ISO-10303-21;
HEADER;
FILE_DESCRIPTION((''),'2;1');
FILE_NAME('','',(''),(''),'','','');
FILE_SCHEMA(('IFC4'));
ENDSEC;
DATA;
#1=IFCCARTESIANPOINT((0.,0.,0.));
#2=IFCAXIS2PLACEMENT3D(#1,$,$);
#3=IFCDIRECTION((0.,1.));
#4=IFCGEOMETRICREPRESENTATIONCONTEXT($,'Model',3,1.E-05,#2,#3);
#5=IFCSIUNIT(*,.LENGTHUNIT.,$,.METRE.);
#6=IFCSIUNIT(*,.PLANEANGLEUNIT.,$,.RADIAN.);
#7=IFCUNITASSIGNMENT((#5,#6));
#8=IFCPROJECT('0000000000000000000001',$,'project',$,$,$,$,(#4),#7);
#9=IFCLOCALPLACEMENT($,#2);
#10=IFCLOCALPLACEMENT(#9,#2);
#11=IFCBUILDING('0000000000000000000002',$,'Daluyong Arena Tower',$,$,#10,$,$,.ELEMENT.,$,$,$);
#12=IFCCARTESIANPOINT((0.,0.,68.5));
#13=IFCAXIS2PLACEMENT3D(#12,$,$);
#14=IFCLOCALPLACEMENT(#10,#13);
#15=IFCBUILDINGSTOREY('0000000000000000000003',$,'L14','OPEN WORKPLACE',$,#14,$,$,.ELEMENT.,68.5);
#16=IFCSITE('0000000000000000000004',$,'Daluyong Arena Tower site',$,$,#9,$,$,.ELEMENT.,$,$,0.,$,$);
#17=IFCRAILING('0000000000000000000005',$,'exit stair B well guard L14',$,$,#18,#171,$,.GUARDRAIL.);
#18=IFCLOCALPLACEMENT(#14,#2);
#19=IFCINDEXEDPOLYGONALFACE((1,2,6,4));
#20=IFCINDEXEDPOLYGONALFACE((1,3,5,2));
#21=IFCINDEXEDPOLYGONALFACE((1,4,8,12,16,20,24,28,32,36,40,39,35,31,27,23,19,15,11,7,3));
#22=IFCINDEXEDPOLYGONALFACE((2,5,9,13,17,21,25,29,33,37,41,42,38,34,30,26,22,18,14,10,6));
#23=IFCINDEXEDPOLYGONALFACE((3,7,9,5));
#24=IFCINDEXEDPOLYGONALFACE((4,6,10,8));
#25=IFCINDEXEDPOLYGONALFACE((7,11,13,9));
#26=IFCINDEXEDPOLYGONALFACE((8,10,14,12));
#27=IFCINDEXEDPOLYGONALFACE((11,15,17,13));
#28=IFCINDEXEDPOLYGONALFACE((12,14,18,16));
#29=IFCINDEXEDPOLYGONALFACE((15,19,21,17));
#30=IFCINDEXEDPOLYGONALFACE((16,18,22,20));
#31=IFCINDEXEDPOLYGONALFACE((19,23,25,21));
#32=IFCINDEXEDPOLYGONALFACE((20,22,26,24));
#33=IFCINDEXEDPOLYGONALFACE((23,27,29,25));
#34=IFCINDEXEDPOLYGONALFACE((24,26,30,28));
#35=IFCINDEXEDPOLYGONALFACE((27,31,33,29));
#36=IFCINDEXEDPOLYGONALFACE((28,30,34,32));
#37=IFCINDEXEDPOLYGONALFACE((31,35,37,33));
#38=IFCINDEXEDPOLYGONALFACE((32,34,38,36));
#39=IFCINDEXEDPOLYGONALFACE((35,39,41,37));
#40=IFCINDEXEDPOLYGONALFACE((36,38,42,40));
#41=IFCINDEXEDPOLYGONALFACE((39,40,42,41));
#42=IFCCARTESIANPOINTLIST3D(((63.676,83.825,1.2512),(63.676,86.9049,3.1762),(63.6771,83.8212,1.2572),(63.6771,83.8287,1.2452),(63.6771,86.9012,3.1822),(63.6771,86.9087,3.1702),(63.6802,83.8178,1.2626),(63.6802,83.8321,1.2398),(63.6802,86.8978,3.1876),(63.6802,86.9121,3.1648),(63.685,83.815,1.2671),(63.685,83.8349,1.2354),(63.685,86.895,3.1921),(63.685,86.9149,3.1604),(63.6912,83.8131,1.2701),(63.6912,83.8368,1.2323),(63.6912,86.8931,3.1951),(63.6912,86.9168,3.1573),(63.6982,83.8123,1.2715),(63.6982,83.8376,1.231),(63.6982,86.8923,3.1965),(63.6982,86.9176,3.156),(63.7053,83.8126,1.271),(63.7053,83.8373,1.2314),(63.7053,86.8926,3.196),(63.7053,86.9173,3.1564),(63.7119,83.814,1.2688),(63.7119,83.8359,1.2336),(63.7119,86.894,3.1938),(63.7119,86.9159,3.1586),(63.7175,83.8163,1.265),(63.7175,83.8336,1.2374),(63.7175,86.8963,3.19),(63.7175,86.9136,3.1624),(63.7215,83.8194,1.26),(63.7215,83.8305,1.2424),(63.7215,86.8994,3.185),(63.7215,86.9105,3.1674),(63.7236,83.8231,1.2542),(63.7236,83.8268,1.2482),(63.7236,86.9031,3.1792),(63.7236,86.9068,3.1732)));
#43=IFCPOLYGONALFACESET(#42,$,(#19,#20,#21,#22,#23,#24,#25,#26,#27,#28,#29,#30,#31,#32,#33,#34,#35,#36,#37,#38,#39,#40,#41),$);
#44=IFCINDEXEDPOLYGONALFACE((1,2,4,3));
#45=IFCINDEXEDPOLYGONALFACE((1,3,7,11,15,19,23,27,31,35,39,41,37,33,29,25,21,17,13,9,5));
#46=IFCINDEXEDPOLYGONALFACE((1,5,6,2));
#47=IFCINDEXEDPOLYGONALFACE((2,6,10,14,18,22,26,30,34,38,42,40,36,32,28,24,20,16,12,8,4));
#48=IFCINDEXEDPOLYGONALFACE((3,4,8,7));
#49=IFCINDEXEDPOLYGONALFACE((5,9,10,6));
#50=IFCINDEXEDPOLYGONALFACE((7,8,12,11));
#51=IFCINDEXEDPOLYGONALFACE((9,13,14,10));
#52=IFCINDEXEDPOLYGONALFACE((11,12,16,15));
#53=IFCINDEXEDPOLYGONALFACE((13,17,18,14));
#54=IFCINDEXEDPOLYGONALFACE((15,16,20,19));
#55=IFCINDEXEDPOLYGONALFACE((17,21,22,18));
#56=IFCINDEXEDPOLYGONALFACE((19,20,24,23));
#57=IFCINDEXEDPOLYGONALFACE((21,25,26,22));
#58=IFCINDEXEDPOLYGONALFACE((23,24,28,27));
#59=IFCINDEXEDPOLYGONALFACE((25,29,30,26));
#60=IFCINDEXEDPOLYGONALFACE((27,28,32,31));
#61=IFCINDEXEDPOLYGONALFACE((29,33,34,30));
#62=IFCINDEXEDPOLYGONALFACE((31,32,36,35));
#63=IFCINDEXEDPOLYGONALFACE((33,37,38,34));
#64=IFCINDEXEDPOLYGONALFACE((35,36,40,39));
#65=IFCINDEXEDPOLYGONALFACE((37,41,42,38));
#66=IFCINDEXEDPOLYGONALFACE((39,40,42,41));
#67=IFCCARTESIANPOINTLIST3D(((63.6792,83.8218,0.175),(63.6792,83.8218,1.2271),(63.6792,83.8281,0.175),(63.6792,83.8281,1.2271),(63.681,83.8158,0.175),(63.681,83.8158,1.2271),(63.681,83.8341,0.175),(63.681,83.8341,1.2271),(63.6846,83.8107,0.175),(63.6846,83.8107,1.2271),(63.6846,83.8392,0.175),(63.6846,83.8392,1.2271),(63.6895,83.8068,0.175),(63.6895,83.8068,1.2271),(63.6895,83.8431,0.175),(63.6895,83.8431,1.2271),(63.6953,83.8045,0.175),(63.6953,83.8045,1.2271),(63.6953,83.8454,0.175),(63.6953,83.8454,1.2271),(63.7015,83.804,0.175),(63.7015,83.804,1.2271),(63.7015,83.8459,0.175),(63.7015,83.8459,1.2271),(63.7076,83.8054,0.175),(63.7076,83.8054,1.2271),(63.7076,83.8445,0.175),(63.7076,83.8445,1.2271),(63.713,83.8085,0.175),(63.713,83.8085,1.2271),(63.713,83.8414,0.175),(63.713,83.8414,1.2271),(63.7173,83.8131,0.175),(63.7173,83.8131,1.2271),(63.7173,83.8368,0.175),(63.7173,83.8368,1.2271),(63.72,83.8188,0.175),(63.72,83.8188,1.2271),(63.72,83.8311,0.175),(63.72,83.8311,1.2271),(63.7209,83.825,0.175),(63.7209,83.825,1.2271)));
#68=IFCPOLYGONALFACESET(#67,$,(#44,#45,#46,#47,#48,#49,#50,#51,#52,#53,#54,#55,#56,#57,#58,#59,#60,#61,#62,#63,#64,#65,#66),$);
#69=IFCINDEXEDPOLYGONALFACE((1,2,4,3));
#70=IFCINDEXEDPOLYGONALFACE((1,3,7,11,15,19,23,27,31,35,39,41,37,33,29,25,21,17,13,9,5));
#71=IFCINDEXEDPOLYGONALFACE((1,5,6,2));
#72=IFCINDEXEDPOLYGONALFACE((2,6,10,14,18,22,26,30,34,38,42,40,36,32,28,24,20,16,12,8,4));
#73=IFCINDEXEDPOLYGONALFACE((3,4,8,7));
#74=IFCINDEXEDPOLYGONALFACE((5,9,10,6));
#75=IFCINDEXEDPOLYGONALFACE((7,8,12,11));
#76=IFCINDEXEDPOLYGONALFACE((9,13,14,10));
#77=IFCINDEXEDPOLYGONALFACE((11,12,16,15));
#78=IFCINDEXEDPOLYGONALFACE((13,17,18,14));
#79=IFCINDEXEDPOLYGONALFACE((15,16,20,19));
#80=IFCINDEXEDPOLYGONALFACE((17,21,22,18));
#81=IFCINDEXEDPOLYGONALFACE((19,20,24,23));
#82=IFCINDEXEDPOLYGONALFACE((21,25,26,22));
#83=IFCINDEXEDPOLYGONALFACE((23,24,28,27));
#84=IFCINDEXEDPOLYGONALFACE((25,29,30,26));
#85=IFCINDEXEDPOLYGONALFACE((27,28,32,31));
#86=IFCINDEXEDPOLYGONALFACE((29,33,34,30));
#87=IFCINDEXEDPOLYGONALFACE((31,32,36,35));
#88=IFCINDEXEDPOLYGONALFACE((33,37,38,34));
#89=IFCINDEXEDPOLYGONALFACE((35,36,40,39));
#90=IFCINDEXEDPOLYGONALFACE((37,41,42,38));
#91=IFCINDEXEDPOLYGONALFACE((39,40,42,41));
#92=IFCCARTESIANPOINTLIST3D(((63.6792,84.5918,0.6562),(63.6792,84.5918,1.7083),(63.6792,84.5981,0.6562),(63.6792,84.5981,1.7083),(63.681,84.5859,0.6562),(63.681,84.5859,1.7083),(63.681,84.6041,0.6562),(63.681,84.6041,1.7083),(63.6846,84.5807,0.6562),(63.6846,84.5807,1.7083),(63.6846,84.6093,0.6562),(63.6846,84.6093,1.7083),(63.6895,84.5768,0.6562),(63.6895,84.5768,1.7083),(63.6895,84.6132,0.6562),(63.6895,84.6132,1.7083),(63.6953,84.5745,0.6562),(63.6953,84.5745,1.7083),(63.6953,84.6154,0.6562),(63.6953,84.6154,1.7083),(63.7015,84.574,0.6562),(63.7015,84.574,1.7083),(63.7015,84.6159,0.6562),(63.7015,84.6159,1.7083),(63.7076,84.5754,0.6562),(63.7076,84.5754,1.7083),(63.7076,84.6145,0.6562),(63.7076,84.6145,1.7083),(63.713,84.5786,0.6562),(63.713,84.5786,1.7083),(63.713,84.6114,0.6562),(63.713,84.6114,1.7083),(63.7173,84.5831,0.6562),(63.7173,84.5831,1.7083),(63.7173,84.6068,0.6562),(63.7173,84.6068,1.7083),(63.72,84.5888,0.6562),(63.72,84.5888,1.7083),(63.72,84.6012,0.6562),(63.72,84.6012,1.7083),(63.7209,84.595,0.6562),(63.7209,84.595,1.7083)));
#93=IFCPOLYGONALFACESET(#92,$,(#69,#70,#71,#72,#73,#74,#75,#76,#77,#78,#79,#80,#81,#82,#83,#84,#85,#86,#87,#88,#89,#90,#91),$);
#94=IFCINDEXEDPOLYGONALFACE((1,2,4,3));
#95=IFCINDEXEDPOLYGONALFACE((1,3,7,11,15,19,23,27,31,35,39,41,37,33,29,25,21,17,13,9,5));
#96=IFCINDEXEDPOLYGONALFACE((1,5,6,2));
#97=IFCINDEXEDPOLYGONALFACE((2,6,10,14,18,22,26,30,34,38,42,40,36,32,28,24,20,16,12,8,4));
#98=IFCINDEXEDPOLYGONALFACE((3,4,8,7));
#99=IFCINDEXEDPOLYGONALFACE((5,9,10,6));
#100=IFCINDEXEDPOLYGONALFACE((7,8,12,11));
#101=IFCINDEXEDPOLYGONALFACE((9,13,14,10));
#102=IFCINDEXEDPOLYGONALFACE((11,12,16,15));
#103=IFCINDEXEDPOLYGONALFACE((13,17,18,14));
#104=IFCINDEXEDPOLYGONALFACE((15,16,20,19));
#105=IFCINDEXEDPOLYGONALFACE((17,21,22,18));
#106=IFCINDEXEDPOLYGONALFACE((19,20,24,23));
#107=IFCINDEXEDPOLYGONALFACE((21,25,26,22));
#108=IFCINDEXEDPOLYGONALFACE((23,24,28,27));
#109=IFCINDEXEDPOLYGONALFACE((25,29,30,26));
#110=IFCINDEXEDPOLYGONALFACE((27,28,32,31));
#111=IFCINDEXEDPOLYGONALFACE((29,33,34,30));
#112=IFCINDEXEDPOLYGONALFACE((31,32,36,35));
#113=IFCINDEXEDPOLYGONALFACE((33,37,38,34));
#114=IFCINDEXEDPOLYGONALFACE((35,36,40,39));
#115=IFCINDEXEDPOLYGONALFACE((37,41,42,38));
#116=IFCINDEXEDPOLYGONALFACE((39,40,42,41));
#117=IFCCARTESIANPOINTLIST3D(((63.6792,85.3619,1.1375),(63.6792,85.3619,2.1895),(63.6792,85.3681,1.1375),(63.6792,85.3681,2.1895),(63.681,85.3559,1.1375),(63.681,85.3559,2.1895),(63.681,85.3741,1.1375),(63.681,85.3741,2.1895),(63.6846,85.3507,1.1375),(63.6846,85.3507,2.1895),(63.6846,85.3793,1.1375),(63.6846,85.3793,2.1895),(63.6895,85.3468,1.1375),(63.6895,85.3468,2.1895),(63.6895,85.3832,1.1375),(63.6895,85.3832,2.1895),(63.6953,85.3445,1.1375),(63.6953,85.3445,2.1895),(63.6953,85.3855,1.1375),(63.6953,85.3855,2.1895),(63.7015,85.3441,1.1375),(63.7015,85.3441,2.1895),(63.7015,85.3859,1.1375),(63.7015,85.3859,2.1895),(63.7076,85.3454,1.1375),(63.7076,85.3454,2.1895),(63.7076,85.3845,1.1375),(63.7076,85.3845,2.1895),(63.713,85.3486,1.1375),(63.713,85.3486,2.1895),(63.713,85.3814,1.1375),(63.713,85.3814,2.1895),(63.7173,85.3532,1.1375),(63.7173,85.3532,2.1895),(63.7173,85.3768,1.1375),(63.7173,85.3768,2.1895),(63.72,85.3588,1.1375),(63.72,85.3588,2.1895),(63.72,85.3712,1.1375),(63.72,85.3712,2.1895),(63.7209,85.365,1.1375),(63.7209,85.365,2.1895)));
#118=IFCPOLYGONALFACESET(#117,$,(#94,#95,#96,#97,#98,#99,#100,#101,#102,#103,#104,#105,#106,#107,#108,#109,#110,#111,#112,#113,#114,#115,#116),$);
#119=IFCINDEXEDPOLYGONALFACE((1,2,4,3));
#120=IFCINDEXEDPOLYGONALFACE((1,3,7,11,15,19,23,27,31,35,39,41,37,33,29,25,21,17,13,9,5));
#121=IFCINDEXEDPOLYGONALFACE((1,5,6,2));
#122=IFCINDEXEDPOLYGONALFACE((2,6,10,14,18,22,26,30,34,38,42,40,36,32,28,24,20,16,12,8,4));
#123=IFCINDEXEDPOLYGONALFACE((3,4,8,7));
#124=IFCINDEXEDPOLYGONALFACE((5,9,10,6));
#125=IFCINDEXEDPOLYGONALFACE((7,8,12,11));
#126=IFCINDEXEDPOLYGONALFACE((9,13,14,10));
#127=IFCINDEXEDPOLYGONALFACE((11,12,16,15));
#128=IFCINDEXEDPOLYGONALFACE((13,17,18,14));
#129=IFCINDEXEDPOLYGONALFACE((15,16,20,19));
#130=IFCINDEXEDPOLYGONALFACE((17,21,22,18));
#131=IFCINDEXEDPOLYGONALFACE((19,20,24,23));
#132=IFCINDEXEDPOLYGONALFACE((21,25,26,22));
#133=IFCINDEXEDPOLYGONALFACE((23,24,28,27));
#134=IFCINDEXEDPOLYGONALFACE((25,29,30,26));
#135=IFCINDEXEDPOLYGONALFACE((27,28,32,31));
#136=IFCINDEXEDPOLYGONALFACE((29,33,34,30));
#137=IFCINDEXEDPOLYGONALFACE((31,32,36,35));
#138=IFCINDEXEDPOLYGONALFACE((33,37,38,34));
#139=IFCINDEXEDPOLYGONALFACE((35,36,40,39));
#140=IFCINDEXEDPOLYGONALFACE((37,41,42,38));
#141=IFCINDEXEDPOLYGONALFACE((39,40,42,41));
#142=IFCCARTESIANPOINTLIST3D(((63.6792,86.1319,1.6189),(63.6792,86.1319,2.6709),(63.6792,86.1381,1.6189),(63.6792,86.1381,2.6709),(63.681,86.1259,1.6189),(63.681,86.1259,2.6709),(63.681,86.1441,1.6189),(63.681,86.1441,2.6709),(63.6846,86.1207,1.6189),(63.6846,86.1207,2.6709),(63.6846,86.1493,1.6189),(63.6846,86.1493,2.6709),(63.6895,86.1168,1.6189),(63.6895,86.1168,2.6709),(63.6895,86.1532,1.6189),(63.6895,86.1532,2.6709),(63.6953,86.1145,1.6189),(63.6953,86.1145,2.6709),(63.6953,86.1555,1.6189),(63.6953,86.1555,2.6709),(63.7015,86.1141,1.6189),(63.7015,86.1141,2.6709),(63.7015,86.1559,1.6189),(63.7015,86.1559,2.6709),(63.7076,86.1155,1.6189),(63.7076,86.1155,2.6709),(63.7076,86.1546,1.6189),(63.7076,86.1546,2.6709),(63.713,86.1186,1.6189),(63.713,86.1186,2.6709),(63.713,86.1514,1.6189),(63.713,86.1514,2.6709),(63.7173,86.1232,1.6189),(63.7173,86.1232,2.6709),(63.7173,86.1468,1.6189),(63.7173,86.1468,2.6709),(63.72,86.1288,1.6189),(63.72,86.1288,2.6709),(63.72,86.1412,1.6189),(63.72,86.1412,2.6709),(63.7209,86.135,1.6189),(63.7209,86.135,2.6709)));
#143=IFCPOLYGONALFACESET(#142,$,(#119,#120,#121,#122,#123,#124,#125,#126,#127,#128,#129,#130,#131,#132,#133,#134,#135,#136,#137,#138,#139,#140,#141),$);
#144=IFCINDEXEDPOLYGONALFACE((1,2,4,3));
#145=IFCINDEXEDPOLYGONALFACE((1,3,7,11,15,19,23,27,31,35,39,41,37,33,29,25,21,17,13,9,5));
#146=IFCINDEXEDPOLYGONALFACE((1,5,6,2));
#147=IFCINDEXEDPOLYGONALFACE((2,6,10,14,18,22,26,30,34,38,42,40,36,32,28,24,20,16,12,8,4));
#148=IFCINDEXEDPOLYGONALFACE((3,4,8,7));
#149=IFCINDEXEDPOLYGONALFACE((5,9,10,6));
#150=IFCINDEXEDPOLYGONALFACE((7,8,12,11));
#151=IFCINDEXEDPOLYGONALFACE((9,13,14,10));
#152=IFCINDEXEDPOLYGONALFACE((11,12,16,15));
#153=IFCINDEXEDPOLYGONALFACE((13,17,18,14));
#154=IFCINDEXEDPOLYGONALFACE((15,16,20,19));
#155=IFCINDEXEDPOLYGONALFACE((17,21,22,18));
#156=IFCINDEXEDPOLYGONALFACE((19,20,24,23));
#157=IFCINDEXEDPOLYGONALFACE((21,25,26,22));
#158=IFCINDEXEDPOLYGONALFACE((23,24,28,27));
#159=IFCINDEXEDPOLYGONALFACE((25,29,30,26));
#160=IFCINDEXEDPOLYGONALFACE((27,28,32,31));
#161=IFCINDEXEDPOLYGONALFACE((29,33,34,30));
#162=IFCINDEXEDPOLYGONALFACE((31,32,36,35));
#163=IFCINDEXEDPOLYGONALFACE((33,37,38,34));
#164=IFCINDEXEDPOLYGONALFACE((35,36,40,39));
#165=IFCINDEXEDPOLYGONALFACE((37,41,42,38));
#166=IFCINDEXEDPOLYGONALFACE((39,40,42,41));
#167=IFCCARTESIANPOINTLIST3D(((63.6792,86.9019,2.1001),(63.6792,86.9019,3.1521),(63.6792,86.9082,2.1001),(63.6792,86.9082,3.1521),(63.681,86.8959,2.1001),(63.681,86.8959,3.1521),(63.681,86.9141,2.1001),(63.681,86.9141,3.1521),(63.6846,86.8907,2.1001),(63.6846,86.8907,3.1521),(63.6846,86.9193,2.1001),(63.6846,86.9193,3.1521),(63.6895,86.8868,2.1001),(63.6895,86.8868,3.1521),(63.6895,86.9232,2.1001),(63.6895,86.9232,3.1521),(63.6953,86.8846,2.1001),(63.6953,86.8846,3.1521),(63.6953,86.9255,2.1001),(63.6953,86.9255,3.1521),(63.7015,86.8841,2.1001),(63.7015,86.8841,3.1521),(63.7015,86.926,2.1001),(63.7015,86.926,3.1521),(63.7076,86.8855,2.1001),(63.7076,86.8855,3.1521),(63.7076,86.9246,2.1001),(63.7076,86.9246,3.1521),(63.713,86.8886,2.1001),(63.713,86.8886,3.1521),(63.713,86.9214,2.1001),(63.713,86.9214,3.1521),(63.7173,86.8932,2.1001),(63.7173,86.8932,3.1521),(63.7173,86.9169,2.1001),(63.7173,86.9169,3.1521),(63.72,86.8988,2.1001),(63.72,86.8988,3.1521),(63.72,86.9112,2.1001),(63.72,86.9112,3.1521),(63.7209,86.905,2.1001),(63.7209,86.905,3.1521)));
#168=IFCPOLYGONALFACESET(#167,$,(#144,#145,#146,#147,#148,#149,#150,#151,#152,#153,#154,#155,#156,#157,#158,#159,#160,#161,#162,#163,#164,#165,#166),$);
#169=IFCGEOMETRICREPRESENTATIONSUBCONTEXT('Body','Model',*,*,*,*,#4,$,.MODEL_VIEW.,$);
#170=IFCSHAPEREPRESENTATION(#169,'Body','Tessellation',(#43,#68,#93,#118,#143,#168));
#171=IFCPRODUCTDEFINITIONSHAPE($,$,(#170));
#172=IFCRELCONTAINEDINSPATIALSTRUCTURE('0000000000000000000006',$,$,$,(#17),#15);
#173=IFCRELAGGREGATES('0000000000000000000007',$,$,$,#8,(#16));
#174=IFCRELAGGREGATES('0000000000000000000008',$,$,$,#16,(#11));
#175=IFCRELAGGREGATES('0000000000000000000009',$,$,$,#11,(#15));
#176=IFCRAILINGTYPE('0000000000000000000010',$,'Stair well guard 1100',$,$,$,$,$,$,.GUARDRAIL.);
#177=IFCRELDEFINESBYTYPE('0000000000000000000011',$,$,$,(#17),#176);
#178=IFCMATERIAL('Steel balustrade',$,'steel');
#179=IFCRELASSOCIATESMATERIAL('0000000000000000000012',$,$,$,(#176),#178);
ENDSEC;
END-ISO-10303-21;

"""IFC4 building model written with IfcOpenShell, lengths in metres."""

from ifc_helpers import new_model, si_unit, direction, frame, origin, origin_2d, place, context, subcontext, project, spatial, circle, extrude, material, type_object, element, save


model = new_model("IFC4")

# Units and contexts
model_context = context("Model", 3, precision=1e-05, world=origin(), true_north=direction((0.0, 1.0)))
body_context = subcontext(model_context, "Body", "Model", "MODEL_VIEW")
ifc_project = project(units=[si_unit("LENGTHUNIT", "METRE"), si_unit("PLANEANGLEUNIT", "RADIAN")], contexts=[model_context])

# Site, building, storey
site_placement = place(None, origin())
site = spatial("IfcSite", under=ifc_project, at=site_placement, Name="Daluyong Arena Tower site", CompositionType="ELEMENT", RefElevation=0.0)
building_placement = place(site_placement, origin())
building = spatial("IfcBuilding", under=site, at=building_placement, Name="Daluyong Arena Tower", CompositionType="ELEMENT")
storey_placement = place(building_placement, frame((0.0, 0.0, 68.5)))
storey = spatial("IfcBuildingStorey", under=building, at=storey_placement, Name="L14", Description="OPEN WORKPLACE", CompositionType="ELEMENT", Elevation=68.5)

# Railing
ifc_material_1 = material(Name="Steel balustrade", Category="steel")
railing_type_1 = type_object("IfcRailingType", Name="Stair well guard 1100", PredefinedType="GUARDRAIL", material=ifc_material_1)
railing_1_placement = place(storey_placement, frame((63.7, 83.825, 0.175)))
element("IfcRailing", 1, at=railing_1_placement, inside=storey, type_object=railing_type_1, Name="exit stair B well guard L14", PredefinedType="GUARDRAIL", context=body_context, shape_type="SweptSolid", body=[
    extrude(circle(Radius=0.0239, at=origin_2d()), frame((0.0, 0.0, 1.0762), z_axis=(0.0, 0.847998, 0.529999), x_axis=(-1.0, 0.0, 0.0)), (0.0, 0.0, 1.0), 3.6321),
    extrude(circle(Radius=0.021, at=origin_2d()), origin(), (0.0, 0.0, 1.0), 1.052),
    extrude(circle(Radius=0.021, at=origin_2d()), frame((0.0, 0.77, 0.4812)), (0.0, 0.0, 1.0), 1.052),
    extrude(circle(Radius=0.021, at=origin_2d()), frame((0.0, 1.54, 0.9624)), (0.0, 0.0, 1.0), 1.052),
    extrude(circle(Radius=0.021, at=origin_2d()), frame((0.0, 2.3101, 1.4438)), (0.0, 0.0, 1.0), 1.052),
    extrude(circle(Radius=0.021, at=origin_2d()), frame((0.0, 3.0801, 1.925)), (0.0, 0.0, 1.0), 1.052),
])

save(model, "model.ifc")
